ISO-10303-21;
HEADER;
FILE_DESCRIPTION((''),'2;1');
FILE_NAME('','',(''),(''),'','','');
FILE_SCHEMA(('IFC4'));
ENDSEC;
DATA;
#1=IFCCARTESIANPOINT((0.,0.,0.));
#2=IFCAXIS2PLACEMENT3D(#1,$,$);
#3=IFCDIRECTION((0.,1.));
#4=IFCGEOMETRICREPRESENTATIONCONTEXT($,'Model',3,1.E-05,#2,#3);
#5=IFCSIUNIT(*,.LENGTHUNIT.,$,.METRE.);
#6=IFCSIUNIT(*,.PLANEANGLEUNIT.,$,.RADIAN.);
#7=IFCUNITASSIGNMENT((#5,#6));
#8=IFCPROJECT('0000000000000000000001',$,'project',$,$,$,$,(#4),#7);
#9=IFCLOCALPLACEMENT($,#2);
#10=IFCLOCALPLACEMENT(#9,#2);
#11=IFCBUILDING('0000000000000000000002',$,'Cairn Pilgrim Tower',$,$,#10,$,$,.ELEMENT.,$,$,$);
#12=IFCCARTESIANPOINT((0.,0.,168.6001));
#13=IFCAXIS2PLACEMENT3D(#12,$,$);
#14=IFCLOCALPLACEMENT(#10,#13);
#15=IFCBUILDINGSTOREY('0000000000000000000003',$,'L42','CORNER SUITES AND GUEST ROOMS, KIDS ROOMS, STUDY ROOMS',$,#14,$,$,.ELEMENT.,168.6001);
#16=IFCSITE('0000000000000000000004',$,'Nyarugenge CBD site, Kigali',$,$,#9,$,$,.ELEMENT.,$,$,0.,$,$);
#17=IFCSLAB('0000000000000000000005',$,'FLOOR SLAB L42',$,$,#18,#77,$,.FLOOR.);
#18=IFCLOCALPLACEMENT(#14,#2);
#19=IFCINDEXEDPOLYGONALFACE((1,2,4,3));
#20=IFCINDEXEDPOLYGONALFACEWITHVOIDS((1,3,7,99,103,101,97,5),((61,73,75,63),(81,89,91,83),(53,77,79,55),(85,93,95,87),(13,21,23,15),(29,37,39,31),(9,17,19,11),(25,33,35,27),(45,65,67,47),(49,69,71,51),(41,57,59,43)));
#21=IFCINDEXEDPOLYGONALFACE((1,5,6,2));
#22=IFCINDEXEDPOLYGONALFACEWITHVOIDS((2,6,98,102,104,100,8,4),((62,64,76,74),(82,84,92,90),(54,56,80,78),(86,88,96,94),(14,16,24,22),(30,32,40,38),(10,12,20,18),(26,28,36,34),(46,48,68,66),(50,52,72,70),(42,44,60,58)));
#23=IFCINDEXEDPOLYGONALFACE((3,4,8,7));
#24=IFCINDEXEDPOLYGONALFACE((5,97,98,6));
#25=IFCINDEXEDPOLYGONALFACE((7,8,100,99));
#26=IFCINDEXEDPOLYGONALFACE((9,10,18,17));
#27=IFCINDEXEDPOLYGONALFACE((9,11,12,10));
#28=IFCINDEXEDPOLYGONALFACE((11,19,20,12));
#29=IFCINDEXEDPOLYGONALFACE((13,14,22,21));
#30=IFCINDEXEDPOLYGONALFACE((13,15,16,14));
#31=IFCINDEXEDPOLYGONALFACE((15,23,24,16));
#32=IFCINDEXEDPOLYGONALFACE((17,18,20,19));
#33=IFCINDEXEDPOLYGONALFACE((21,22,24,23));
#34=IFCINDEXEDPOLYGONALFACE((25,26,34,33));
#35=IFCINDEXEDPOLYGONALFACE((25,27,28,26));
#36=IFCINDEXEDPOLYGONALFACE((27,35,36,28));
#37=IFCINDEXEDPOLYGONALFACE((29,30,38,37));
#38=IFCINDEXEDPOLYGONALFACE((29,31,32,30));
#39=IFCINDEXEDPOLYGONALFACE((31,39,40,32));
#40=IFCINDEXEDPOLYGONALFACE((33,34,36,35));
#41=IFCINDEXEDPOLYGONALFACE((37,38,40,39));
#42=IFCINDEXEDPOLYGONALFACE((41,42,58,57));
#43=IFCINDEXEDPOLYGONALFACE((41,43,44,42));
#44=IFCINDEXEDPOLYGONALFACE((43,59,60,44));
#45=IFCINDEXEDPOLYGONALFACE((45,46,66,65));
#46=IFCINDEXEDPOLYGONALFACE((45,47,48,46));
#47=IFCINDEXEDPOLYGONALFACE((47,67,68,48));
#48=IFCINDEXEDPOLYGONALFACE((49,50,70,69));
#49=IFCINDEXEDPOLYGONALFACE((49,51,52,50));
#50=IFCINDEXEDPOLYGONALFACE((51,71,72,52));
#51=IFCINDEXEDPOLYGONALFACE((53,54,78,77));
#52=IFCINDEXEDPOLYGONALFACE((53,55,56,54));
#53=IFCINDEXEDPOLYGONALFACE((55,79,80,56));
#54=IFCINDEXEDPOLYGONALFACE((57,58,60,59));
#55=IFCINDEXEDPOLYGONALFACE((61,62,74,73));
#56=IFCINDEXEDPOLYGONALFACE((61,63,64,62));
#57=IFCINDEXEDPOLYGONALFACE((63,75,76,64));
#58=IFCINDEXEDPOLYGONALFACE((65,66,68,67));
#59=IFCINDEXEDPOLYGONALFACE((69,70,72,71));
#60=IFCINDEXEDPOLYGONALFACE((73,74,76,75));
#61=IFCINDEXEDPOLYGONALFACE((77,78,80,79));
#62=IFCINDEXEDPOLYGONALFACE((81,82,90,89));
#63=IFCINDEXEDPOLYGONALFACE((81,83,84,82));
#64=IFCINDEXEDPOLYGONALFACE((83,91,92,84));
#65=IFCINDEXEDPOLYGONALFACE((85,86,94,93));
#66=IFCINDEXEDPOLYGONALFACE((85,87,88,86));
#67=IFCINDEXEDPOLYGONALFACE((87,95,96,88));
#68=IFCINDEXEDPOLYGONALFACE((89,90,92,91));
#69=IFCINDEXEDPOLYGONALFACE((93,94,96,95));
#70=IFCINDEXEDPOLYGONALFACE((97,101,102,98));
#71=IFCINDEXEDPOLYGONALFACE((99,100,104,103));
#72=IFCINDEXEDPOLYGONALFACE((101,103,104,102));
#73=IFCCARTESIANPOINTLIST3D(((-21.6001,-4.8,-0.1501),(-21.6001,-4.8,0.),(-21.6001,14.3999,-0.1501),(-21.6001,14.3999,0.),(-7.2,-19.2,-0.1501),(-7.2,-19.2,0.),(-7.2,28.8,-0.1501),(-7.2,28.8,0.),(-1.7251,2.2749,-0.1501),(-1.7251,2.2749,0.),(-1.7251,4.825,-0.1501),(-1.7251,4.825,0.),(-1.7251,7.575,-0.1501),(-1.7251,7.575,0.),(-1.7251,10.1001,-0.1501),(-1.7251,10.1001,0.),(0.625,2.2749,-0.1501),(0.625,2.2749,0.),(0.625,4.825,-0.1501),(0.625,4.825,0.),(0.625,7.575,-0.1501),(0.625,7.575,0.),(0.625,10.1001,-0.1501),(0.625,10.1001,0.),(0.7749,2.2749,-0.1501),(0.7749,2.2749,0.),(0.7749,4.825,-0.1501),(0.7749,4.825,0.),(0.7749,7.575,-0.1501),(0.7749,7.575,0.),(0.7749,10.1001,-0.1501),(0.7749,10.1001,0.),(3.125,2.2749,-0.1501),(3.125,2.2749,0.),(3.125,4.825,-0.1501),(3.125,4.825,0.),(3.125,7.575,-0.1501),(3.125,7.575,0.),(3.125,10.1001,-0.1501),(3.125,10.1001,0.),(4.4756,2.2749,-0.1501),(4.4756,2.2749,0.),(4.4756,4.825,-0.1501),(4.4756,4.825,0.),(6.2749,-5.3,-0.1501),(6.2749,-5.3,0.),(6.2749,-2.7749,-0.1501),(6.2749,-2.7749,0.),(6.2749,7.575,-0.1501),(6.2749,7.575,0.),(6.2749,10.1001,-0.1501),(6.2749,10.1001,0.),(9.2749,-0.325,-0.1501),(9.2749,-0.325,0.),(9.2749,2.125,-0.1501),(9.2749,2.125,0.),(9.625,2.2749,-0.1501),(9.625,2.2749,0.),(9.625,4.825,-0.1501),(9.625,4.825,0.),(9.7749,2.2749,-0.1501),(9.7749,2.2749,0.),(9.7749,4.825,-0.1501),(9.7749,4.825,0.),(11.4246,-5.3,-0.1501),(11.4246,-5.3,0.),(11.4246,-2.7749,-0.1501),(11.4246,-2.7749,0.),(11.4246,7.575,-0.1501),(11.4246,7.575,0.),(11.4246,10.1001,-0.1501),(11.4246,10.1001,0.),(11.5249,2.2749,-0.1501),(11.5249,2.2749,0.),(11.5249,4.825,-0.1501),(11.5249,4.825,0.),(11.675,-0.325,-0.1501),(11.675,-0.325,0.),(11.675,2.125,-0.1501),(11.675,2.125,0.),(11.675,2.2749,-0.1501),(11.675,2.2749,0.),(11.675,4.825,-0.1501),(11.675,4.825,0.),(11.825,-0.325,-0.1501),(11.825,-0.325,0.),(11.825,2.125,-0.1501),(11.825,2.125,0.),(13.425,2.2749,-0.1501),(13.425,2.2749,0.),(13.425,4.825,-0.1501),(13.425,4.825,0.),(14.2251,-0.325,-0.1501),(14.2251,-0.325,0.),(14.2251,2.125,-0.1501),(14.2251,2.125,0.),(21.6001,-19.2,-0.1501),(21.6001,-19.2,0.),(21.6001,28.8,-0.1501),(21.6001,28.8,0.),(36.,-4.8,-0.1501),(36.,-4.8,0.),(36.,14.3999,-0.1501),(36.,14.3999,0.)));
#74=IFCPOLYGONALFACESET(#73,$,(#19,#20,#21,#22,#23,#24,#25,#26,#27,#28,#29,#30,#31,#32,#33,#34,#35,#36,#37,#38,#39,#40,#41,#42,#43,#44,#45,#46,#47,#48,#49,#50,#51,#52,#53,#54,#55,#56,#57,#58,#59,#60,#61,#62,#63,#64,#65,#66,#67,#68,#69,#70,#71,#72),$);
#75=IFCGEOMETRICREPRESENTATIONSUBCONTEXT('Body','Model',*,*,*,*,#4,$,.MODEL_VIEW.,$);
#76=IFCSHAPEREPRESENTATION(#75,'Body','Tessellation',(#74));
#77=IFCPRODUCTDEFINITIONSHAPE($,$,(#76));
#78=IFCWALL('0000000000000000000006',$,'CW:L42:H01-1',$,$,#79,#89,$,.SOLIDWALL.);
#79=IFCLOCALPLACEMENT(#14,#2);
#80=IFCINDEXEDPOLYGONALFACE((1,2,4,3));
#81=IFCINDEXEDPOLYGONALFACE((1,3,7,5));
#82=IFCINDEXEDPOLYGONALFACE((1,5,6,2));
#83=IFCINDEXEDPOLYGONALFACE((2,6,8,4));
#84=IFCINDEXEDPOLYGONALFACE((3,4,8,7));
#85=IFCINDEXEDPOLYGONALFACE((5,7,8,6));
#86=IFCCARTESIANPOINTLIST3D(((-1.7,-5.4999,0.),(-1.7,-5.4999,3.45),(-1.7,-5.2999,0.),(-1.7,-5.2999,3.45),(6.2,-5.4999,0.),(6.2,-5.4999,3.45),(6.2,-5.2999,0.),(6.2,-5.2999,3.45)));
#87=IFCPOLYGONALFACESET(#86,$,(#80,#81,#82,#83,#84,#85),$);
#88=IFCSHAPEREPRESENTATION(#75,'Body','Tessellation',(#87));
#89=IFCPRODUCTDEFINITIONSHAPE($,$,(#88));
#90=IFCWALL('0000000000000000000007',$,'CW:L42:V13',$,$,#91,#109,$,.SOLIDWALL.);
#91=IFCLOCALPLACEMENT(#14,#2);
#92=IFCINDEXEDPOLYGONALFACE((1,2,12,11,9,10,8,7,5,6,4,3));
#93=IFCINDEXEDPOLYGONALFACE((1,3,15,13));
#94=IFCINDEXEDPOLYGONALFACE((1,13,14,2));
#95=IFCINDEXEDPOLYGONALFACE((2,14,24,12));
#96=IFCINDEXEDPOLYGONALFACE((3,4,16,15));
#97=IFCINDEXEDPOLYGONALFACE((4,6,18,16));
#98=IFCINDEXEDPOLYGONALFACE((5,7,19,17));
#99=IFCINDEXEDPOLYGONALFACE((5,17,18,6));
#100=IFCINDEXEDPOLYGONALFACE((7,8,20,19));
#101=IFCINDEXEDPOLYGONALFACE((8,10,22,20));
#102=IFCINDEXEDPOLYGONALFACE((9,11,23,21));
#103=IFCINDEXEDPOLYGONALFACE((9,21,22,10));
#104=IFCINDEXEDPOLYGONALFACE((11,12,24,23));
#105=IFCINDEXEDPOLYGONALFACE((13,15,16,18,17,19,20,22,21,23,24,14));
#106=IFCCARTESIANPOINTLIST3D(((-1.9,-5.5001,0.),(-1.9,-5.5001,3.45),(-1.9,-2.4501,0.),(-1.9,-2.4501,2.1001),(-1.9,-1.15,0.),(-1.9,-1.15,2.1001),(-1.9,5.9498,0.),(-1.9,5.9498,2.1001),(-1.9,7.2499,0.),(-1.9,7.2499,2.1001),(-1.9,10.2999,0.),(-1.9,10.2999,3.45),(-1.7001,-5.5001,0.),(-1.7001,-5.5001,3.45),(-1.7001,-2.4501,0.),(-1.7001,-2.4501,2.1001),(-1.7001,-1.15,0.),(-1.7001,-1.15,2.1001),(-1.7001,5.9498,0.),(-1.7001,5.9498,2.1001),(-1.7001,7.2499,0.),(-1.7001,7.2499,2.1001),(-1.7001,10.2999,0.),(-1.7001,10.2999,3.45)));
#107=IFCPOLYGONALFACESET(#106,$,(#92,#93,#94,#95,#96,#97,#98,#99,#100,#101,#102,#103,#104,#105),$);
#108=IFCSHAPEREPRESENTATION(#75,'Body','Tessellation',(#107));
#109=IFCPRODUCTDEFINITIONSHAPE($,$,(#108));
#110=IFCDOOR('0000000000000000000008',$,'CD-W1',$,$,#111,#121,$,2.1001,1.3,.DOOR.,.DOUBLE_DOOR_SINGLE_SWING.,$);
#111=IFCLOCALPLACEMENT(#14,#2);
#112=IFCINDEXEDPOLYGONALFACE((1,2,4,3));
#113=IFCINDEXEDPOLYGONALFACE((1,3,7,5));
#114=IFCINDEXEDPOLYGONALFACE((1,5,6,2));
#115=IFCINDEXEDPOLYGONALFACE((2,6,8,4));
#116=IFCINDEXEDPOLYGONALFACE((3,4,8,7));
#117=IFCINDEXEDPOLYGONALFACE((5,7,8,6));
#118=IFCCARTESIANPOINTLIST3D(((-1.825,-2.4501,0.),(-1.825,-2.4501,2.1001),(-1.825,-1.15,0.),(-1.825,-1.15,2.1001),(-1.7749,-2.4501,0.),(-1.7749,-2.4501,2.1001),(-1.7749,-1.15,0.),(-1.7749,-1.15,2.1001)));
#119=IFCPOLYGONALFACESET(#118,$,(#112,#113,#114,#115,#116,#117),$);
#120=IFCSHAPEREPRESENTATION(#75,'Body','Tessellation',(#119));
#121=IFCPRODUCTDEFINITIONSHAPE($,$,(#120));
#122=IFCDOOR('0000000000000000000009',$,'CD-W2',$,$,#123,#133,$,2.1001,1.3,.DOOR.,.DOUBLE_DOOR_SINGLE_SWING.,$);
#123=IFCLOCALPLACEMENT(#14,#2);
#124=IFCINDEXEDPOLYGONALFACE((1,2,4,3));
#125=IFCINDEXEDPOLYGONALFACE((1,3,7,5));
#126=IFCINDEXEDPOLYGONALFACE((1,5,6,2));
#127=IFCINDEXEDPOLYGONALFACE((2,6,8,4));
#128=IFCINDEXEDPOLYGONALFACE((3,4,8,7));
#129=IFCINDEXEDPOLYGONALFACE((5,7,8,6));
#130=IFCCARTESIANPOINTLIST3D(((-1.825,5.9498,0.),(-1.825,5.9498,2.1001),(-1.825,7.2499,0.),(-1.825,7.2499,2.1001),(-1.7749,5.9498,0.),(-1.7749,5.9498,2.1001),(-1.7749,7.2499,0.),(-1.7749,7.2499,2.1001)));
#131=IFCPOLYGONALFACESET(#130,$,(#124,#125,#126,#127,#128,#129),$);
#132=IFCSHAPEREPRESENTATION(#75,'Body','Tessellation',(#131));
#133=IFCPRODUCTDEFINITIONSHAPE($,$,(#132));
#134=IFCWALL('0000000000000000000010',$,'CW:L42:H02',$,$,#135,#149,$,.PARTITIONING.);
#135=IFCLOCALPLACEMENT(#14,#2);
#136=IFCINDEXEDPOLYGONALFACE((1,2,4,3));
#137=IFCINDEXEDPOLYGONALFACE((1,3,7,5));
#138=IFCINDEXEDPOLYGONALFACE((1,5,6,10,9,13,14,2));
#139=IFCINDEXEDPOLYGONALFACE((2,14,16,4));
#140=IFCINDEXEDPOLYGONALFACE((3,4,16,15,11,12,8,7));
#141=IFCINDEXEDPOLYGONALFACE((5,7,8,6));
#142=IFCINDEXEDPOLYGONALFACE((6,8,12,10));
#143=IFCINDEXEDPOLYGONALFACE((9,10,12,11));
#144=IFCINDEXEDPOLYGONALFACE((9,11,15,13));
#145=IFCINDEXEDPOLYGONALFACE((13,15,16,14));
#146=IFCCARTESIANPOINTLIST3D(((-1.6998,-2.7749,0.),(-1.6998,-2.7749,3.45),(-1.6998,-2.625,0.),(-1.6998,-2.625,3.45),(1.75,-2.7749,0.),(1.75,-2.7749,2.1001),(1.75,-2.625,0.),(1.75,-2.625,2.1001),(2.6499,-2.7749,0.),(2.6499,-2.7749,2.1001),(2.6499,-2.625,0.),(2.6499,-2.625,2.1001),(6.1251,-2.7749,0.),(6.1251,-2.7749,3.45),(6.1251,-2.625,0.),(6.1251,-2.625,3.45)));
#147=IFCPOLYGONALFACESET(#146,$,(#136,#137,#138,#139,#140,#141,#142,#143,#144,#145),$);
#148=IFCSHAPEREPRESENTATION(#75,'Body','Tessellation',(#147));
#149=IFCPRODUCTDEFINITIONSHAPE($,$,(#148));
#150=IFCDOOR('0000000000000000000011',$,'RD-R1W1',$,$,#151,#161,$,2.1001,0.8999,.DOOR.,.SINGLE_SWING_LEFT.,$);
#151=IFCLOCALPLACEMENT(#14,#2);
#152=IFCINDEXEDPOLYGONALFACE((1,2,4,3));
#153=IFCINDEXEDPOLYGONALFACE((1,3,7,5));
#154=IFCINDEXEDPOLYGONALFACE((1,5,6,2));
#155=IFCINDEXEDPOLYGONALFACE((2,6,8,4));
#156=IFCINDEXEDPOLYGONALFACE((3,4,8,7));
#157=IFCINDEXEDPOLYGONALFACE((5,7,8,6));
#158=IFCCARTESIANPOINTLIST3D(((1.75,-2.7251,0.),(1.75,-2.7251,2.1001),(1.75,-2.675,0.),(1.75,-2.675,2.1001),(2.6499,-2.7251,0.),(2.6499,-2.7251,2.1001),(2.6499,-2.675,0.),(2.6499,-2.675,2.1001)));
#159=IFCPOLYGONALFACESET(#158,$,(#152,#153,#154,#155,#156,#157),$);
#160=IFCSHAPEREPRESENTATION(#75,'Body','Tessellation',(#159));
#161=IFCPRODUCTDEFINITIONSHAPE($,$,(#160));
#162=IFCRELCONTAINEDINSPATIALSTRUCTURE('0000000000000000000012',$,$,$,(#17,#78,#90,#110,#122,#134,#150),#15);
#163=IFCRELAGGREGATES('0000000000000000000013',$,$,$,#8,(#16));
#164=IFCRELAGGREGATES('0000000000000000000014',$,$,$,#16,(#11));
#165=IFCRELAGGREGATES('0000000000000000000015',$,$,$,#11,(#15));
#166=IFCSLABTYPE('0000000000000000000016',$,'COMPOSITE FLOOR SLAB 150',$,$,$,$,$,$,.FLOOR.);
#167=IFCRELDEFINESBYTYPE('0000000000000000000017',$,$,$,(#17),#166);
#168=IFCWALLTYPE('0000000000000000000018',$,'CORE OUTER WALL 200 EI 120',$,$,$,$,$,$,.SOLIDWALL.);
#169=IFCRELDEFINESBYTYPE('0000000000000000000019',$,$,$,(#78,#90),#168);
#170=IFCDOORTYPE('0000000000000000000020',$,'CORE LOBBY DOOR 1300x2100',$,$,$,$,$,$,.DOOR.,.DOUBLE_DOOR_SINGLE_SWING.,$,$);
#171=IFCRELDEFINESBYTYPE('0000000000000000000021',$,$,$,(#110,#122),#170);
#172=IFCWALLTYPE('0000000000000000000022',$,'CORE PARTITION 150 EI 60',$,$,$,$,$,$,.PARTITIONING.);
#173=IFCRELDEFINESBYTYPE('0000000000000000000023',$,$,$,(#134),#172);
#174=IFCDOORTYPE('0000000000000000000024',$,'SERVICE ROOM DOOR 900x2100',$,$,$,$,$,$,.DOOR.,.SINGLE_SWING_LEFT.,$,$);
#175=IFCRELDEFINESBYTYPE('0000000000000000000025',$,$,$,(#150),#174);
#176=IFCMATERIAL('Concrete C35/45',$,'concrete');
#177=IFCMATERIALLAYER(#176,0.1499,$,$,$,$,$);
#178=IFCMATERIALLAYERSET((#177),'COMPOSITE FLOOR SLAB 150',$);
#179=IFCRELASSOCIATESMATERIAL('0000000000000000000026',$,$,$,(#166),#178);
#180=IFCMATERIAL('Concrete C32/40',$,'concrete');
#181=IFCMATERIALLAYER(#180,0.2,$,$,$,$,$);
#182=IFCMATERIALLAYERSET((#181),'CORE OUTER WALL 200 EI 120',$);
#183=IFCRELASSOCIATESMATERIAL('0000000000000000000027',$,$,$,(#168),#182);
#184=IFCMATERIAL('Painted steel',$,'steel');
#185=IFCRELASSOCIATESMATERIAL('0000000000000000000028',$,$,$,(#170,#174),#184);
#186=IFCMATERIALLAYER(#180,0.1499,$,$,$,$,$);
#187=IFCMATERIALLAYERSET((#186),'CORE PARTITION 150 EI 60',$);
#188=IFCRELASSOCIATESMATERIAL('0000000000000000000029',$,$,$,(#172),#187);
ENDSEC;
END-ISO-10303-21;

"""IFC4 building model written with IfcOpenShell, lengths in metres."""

from ifc_helpers import new_model, si_unit, direction, frame, frame_2d, origin, place, context, subcontext, project, spatial, polyline, rectangle, outline, extrude, material, layer, layer_set, type_object, element, fill, save


model = new_model("IFC4")

# Units and contexts
model_context = context("Model", 3, precision=1e-05, world=origin(), true_north=direction((0.0, 1.0)))
body_context = subcontext(model_context, "Body", "Model", "MODEL_VIEW")
ifc_project = project(units=[si_unit("LENGTHUNIT", "METRE"), si_unit("PLANEANGLEUNIT", "RADIAN")], contexts=[model_context])

# Site, building, storey
site_placement = place(None, origin())
site = spatial("IfcSite", under=ifc_project, at=site_placement, Name="Nyarugenge CBD site, Kigali", CompositionType="ELEMENT", RefElevation=0.0)
building_placement = place(site_placement, origin())
building = spatial("IfcBuilding", under=site, at=building_placement, Name="Cairn Pilgrim Tower", CompositionType="ELEMENT")
storey_placement = place(building_placement, frame((0.0, 0.0, 168.6001)))
storey = spatial("IfcBuildingStorey", under=building, at=storey_placement, Name="L42", Description="CORNER SUITES AND GUEST ROOMS, KIDS ROOMS, STUDY ROOMS", CompositionType="ELEMENT", Elevation=168.6001)

# Slab
ifc_material_1 = material(Name="Concrete C35/45", Category="concrete")
ifc_layer_1 = layer(ifc_material_1, 0.1499)
ifc_layer_set_1 = layer_set([ifc_layer_1], Name="COMPOSITE FLOOR SLAB 150")
slab_type = type_object("IfcSlabType", Name="COMPOSITE FLOOR SLAB 150", PredefinedType="FLOOR", material=ifc_layer_set_1)
slab_placement = place(storey_placement, frame((0.0, 0.0, -0.1501)))
element("IfcSlab", 1, at=slab_placement, inside=storey, type_object=slab_type, Name="FLOOR SLAB L42", PredefinedType="FLOOR", context=body_context, shape_type="SweptSolid", body=[
    extrude(outline(polyline([(-7.2, -19.2), (21.6001, -19.2), (36.0, -4.8), (36.0, 14.3999), (21.6001, 28.8), (-7.2, 28.8), (-21.6001, 14.3999), (-21.6001, -4.8), (-7.2, -19.2)]), holes=[polyline([(9.2749, -0.325), (11.675, -0.325), (11.675, 2.125), (9.2749, 2.125), (9.2749, -0.325)]), polyline([(11.825, -0.325), (14.2251, -0.325), (14.2251, 2.125), (11.825, 2.125), (11.825, -0.325)]), polyline([(-1.7251, 2.2749), (0.625, 2.2749), (0.625, 4.825), (-1.7251, 4.825), (-1.7251, 2.2749)]), polyline([(0.7749, 2.2749), (3.125, 2.2749), (3.125, 4.825), (0.7749, 4.825), (0.7749, 2.2749)]), polyline([(-1.7251, 7.575), (0.625, 7.575), (0.625, 10.1001), (-1.7251, 10.1001), (-1.7251, 7.575)]), polyline([(0.7749, 7.575), (3.125, 7.575), (3.125, 10.1001), (0.7749, 10.1001), (0.7749, 7.575)]), polyline([(9.7749, 2.2749), (11.5249, 2.2749), (11.5249, 4.825), (9.7749, 4.825), (9.7749, 2.2749)]), polyline([(11.675, 2.2749), (13.425, 2.2749), (13.425, 4.825), (11.675, 4.825), (11.675, 2.2749)]), polyline([(11.4246, -2.7749), (6.2749, -2.7749), (6.2749, -5.3), (11.4246, -5.3), (11.4246, -2.7749)]), polyline([(4.4756, 2.2749), (9.625, 2.2749), (9.625, 4.825), (4.4756, 4.825), (4.4756, 2.2749)]), polyline([(11.4246, 10.1001), (6.2749, 10.1001), (6.2749, 7.575), (11.4246, 7.575), (11.4246, 10.1001)])]), origin(), (0.0, 0.0, 1.0), 0.1501),
])

# Wall
ifc_material_2 = material(Name="Concrete C32/40", Category="concrete")
ifc_layer_2 = layer(ifc_material_2, 0.2)
ifc_layer_set_2 = layer_set([ifc_layer_2], Name="CORE OUTER WALL 200 EI 120")
wall_type_1 = type_object("IfcWallType", Name="CORE OUTER WALL 200 EI 120", PredefinedType="SOLIDWALL", material=ifc_layer_set_2)
wall_1_placement = place(storey_placement, frame((-1.7, -5.3999, 0.0), z_axis=(0.0, 0.0, 1.0), x_axis=(1.0, 0.0, 0.0)))
element("IfcWall", 2, at=wall_1_placement, inside=storey, type_object=wall_type_1, Name="CW:L42:H01-1", PredefinedType="SOLIDWALL", context=body_context, shape_type="SweptSolid", body=[
    extrude(rectangle(XDim=7.8999, YDim=0.2, at=frame_2d((3.95, 0.0))), origin(), (0.0, 0.0, 1.0), 3.45),
])

# Wall, openings, doors
wall_2_placement = place(storey_placement, frame((-1.8, -5.5, 0.0), z_axis=(0.0, 0.0, 1.0), x_axis=(0.0, 1.0, 0.0)))
wall_2 = element("IfcWall", 3, at=wall_2_placement, inside=storey, type_object=wall_type_1, Name="CW:L42:V13", PredefinedType="SOLIDWALL", context=body_context, shape_type="SweptSolid", body=[
    extrude(rectangle(XDim=15.8, YDim=0.2, at=frame_2d((7.8999, 0.0))), origin(), (0.0, 0.0, 1.0), 3.45),
])
opening_1_placement = place(wall_2_placement, frame((3.05, 0.0, 0.0)))
opening_1 = element("IfcOpeningElement", 4, at=opening_1_placement, cuts=wall_2, PredefinedType="OPENING", context=body_context, shape_type="SweptSolid", body=[
    extrude(rectangle(XDim=1.3, YDim=2.1001, at=frame_2d((0.6499, 1.05))), frame((0.0, 0.1099, 0.0), z_axis=(0.0, -1.0, 0.0), x_axis=(1.0, 0.0, 0.0)), (0.0, 0.0, 1.0), 0.22),
])
opening_2_placement = place(wall_2_placement, frame((11.45, 0.0, 0.0)))
opening_2 = element("IfcOpeningElement", 5, at=opening_2_placement, cuts=wall_2, PredefinedType="OPENING", context=body_context, shape_type="SweptSolid", body=[
    extrude(rectangle(XDim=1.3, YDim=2.1001, at=frame_2d((0.6499, 1.05))), frame((0.0, 0.1099, 0.0), z_axis=(0.0, -1.0, 0.0), x_axis=(1.0, 0.0, 0.0)), (0.0, 0.0, 1.0), 0.22),
])
ifc_material_3 = material(Name="Painted steel", Category="steel")
door_type_1 = type_object("IfcDoorType", Name="CORE LOBBY DOOR 1300x2100", OperationType="DOUBLE_DOOR_SINGLE_SWING", PredefinedType="DOOR", material=ifc_material_3)
door_1_placement = place(opening_1_placement, origin())
door_1 = element("IfcDoor", 6, at=door_1_placement, inside=storey, type_object=door_type_1, Name="CD-W1", OperationType="DOUBLE_DOOR_SINGLE_SWING", OverallHeight=2.1001, OverallWidth=1.3, PredefinedType="DOOR", context=body_context, shape_type="SweptSolid", body=[
    extrude(rectangle(XDim=1.3, YDim=2.1001, at=frame_2d((0.6499, 1.05))), frame((0.0, 0.0249, 0.0), z_axis=(0.0, -1.0, 0.0), x_axis=(1.0, 0.0, 0.0)), (0.0, 0.0, 1.0), 0.05),
])
fill(opening_1, door_1)
door_2_placement = place(opening_2_placement, origin())
door_2 = element("IfcDoor", 7, at=door_2_placement, inside=storey, type_object=door_type_1, Name="CD-W2", OperationType="DOUBLE_DOOR_SINGLE_SWING", OverallHeight=2.1001, OverallWidth=1.3, PredefinedType="DOOR", context=body_context, shape_type="SweptSolid", body=[
    extrude(rectangle(XDim=1.3, YDim=2.1001, at=frame_2d((0.6499, 1.05))), frame((0.0, 0.0249, 0.0), z_axis=(0.0, -1.0, 0.0), x_axis=(1.0, 0.0, 0.0)), (0.0, 0.0, 1.0), 0.05),
])
fill(opening_2, door_2)

# Wall, opening, door
ifc_layer_3 = layer(ifc_material_2, 0.1499)
ifc_layer_set_3 = layer_set([ifc_layer_3], Name="CORE PARTITION 150 EI 60")
wall_type_2 = type_object("IfcWallType", Name="CORE PARTITION 150 EI 60", PredefinedType="PARTITIONING", material=ifc_layer_set_3)
wall_3_placement = place(storey_placement, frame((-1.7, -2.7, 0.0), z_axis=(0.0, 0.0, 1.0), x_axis=(1.0, 0.0, 0.0)))
wall_3 = element("IfcWall", 8, at=wall_3_placement, inside=storey, type_object=wall_type_2, Name="CW:L42:H02", PredefinedType="PARTITIONING", context=body_context, shape_type="SweptSolid", body=[
    extrude(rectangle(XDim=7.825, YDim=0.1499, at=frame_2d((3.9126, 0.0))), origin(), (0.0, 0.0, 1.0), 3.45),
])
opening_3_placement = place(wall_3_placement, frame((3.45, 0.0, 0.0)))
opening_3 = element("IfcOpeningElement", 9, at=opening_3_placement, cuts=wall_3, PredefinedType="OPENING", context=body_context, shape_type="SweptSolid", body=[
    extrude(rectangle(XDim=0.8999, YDim=2.1001, at=frame_2d((0.45, 1.05))), frame((0.0, 0.085, 0.0), z_axis=(0.0, -1.0, 0.0), x_axis=(1.0, 0.0, 0.0)), (0.0, 0.0, 1.0), 0.1699),
])
door_type_2 = type_object("IfcDoorType", Name="SERVICE ROOM DOOR 900x2100", OperationType="SINGLE_SWING_LEFT", PredefinedType="DOOR", material=ifc_material_3)
door_3_placement = place(opening_3_placement, origin())
door_3 = element("IfcDoor", 10, at=door_3_placement, inside=storey, type_object=door_type_2, Name="RD-R1W1", OperationType="SINGLE_SWING_LEFT", OverallHeight=2.1001, OverallWidth=0.8999, PredefinedType="DOOR", context=body_context, shape_type="SweptSolid", body=[
    extrude(rectangle(XDim=0.8999, YDim=2.1001, at=frame_2d((0.45, 1.05))), frame((0.0, 0.0249, 0.0), z_axis=(0.0, -1.0, 0.0), x_axis=(1.0, 0.0, 0.0)), (0.0, 0.0, 1.0), 0.05),
])
fill(opening_3, door_3)

save(model, "model.ifc")
